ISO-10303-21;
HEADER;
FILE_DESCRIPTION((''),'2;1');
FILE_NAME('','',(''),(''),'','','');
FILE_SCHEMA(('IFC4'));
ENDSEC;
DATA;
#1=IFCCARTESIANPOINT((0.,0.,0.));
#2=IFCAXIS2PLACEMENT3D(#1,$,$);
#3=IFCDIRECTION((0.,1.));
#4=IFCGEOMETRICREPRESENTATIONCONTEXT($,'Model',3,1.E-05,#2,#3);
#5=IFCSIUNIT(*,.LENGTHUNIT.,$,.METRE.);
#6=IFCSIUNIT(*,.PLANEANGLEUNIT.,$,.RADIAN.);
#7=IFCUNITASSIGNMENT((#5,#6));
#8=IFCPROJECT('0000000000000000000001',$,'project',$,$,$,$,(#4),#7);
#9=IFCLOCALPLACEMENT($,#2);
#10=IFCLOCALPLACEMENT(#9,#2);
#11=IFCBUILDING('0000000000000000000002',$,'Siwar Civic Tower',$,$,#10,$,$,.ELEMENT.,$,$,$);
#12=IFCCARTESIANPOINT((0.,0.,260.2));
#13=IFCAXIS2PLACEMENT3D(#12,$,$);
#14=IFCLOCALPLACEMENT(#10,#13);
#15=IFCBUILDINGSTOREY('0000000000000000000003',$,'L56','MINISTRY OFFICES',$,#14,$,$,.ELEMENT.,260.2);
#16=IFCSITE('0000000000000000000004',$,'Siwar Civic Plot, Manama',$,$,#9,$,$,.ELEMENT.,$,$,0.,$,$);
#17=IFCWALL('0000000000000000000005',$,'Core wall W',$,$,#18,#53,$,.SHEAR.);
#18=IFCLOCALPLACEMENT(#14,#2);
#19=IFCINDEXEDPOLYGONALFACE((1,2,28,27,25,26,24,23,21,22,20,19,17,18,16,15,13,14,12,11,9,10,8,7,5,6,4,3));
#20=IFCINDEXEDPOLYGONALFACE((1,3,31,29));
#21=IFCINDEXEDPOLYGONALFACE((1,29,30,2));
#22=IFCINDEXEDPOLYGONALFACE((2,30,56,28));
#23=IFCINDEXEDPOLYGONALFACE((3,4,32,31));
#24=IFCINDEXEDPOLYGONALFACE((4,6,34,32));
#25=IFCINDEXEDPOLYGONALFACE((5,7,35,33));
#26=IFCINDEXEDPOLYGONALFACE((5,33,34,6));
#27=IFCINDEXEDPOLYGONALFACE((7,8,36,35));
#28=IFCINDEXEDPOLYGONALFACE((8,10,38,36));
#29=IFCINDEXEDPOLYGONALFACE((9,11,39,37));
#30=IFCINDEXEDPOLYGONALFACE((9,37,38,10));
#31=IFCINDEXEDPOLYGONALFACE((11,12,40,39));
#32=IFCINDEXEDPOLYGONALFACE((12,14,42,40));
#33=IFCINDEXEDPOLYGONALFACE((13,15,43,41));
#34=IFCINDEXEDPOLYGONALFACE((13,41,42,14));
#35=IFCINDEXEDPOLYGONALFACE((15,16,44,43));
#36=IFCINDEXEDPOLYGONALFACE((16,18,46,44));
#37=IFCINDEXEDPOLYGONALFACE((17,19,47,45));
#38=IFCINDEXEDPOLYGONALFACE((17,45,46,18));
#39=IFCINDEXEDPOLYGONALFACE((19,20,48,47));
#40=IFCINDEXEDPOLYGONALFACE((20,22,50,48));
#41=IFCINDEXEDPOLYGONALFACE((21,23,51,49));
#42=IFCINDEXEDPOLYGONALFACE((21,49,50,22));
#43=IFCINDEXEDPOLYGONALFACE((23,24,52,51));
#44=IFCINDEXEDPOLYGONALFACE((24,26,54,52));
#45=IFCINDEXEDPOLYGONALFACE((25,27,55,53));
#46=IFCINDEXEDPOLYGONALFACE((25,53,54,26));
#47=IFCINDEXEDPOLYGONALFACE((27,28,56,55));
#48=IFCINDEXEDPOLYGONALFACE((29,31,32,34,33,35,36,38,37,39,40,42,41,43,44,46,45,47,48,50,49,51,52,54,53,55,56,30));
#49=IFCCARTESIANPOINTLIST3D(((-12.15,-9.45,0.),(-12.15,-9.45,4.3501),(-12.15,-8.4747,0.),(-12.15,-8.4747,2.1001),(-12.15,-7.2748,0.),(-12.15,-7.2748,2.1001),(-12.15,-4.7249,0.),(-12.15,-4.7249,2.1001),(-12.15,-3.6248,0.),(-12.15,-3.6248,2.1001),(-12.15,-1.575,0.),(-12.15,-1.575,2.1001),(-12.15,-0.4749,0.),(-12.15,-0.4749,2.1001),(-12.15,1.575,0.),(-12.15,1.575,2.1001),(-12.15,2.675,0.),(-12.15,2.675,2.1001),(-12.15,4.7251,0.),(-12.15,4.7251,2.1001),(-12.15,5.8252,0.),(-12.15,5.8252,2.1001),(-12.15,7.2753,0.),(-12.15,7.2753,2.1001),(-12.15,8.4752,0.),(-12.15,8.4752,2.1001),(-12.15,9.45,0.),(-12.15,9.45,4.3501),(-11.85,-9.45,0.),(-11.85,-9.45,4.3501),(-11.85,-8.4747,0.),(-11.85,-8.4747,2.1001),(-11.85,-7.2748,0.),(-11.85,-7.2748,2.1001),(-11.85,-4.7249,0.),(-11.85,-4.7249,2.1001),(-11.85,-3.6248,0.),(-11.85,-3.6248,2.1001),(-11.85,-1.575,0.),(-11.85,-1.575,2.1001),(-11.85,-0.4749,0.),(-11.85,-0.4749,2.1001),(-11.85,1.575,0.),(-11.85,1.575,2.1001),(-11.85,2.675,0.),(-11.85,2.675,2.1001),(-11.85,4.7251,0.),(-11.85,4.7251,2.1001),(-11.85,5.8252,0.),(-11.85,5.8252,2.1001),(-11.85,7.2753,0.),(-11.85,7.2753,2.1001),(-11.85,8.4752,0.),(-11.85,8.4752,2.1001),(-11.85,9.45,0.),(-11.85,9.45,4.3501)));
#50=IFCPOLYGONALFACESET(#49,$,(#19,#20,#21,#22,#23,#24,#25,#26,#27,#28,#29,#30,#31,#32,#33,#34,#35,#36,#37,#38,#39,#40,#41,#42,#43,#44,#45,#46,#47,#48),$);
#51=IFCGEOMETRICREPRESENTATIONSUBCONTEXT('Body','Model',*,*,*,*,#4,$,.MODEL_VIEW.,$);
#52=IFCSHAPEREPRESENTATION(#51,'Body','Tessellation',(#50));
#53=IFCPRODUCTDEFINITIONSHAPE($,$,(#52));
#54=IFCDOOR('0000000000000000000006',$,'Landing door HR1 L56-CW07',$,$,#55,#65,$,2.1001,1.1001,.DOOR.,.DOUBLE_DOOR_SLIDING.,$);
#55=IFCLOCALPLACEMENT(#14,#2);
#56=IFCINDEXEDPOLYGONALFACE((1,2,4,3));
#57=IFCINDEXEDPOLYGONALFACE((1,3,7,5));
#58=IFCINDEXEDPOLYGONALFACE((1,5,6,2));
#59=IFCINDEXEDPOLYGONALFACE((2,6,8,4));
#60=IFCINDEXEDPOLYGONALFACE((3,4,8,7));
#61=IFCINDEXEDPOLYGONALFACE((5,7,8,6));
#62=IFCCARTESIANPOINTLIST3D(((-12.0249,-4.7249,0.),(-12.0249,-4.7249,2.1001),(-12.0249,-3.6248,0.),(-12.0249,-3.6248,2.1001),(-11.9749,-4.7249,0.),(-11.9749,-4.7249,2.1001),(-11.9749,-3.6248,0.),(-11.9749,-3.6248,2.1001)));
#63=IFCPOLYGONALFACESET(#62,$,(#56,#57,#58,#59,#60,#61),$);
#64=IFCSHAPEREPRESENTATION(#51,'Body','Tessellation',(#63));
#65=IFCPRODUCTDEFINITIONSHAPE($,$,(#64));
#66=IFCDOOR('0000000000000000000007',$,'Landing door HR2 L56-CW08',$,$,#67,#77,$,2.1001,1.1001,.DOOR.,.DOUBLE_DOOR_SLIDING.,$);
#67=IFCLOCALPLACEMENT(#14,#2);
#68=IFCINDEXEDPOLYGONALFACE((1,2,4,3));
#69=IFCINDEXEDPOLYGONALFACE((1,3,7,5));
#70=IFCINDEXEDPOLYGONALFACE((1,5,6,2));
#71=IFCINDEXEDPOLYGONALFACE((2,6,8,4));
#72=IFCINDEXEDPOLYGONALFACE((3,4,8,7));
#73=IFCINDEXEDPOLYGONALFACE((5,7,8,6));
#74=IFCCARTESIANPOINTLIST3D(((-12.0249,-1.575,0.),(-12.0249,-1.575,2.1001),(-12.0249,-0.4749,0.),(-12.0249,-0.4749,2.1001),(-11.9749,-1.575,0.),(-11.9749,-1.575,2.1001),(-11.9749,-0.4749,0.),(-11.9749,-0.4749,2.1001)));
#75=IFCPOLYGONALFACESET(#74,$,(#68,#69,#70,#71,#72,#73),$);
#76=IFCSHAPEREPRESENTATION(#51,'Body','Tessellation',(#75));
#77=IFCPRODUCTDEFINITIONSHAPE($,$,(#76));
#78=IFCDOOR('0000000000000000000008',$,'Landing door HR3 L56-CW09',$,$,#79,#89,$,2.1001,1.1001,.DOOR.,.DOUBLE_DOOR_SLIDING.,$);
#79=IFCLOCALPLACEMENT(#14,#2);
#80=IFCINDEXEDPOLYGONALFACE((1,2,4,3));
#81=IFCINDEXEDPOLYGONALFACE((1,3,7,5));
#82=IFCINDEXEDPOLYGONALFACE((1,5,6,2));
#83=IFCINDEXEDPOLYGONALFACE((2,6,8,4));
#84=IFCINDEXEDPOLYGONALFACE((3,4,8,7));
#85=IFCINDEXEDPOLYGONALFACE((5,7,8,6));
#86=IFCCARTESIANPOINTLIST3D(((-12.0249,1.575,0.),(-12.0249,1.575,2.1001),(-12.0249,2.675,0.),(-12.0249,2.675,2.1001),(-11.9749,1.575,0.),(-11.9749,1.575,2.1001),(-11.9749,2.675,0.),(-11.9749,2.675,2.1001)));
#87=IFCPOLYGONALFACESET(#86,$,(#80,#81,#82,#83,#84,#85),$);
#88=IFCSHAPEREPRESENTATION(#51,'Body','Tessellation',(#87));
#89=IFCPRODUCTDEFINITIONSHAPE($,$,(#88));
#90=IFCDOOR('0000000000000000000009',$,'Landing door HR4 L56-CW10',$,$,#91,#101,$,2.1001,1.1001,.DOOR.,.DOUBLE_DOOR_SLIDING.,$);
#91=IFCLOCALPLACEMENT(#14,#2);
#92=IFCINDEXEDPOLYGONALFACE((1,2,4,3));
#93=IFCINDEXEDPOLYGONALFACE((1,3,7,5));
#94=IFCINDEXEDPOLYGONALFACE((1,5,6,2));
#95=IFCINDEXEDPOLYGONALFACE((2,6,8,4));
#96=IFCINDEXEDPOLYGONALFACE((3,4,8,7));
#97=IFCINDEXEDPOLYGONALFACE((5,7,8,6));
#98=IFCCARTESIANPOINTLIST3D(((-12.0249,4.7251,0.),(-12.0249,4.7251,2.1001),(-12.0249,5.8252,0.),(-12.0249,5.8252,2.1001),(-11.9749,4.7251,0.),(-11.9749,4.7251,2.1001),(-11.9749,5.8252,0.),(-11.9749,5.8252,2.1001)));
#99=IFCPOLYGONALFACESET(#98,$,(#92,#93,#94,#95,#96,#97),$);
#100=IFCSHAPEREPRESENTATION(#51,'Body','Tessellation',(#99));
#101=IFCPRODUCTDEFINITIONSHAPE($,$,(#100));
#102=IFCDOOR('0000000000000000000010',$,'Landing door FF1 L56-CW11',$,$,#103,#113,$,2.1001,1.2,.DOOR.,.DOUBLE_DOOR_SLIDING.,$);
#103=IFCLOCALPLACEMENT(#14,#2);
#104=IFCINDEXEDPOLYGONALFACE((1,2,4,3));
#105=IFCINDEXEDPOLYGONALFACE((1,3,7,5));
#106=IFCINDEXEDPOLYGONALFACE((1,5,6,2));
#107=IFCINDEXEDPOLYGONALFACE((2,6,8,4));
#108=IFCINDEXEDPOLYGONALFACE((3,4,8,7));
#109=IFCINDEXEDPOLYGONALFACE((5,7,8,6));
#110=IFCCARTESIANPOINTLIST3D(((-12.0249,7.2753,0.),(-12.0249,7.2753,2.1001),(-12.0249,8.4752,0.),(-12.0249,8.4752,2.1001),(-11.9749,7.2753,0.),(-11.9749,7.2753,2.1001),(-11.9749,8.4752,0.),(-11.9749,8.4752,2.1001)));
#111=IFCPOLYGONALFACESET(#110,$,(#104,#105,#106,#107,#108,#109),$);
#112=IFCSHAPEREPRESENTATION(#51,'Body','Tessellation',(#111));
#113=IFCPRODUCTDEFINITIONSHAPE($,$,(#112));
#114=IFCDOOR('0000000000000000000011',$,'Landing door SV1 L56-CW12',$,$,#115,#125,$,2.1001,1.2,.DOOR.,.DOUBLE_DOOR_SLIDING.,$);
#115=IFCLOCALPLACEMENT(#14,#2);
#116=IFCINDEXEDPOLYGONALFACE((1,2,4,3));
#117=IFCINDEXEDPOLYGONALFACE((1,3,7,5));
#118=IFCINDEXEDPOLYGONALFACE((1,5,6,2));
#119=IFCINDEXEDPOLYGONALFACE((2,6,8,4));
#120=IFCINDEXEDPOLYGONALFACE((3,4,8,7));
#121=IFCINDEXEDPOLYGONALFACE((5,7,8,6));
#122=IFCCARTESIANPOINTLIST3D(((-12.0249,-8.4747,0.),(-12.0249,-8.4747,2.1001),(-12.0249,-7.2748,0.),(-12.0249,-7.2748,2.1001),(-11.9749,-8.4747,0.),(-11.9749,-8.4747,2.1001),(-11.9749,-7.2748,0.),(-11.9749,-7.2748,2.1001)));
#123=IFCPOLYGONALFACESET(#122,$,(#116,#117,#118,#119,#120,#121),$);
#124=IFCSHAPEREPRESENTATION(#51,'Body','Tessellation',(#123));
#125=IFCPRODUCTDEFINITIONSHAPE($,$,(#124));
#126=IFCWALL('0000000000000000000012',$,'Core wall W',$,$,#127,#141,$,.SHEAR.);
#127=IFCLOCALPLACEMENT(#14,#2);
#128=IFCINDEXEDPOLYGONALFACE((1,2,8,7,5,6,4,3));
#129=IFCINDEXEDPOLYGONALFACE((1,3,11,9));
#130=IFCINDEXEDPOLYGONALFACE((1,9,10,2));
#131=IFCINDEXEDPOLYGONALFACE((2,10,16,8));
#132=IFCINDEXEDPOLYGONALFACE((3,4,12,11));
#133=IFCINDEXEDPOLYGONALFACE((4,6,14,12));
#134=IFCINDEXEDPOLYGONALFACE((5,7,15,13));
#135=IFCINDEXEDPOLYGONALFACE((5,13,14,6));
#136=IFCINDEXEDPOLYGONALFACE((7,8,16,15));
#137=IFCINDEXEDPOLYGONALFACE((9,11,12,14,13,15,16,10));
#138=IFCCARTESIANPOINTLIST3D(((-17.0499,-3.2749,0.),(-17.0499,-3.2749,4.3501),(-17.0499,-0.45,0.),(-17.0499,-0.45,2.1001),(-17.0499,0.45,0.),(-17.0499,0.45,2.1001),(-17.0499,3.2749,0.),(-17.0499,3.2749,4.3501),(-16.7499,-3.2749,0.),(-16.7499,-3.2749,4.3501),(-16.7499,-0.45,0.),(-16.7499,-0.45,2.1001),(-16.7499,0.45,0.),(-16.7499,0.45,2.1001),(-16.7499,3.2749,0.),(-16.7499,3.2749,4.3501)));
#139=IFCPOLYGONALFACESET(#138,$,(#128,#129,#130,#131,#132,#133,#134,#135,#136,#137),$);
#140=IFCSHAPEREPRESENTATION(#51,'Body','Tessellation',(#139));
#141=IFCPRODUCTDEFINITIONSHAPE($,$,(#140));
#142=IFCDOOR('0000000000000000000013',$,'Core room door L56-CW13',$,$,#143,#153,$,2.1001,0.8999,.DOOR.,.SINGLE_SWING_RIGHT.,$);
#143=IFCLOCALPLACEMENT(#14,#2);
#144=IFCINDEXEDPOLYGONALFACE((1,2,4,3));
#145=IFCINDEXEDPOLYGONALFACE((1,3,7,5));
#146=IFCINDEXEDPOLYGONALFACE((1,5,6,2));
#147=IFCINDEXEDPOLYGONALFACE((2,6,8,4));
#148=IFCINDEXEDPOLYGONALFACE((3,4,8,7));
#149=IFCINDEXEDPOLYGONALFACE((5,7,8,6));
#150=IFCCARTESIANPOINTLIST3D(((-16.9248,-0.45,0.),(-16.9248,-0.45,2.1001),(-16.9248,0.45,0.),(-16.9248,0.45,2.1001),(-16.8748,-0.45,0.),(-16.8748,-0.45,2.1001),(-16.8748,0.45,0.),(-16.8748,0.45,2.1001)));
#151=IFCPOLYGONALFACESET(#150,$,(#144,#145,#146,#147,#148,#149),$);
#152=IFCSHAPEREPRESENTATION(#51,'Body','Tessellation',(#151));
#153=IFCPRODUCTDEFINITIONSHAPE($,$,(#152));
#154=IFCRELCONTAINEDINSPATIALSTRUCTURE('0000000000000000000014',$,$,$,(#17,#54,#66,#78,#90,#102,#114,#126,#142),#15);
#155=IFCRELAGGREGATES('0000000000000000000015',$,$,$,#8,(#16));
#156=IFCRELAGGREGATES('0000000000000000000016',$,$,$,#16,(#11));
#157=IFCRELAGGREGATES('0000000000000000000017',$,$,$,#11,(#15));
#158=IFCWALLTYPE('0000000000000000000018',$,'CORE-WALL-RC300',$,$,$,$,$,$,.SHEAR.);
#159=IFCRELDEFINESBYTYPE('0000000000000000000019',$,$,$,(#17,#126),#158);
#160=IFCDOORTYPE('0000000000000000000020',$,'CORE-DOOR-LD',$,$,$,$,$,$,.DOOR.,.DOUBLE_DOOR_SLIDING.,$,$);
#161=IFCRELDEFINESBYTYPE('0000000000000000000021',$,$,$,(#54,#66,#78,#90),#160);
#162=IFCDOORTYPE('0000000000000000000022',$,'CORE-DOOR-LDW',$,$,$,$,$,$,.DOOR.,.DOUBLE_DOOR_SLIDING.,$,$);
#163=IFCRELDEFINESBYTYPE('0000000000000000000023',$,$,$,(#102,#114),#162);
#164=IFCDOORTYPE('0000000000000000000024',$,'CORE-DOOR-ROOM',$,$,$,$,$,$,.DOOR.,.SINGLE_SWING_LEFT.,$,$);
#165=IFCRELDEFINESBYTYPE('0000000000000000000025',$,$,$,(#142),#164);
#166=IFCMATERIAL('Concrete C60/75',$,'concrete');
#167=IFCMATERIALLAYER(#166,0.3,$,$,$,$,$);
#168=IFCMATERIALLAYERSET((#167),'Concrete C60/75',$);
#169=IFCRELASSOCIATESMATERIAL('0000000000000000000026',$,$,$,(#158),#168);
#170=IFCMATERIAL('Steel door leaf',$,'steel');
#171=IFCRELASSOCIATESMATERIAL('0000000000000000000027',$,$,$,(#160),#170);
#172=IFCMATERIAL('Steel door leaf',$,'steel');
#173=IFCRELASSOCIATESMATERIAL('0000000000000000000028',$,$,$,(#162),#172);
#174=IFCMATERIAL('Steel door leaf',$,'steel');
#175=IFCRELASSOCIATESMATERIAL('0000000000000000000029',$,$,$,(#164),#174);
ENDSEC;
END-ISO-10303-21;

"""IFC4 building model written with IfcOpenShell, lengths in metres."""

from ifc_helpers import new_model, si_unit, direction, frame, frame_2d, origin, place, context, subcontext, project, spatial, rectangle, extrude, material, layer, layer_set, type_object, element, fill, save


model = new_model("IFC4")

# Units and contexts
model_context = context("Model", 3, precision=1e-05, world=origin(), true_north=direction((0.0, 1.0)))
body_context = subcontext(model_context, "Body", "Model", "MODEL_VIEW")
ifc_project = project(units=[si_unit("LENGTHUNIT", "METRE"), si_unit("PLANEANGLEUNIT", "RADIAN")], contexts=[model_context])

# Site, building, storey
site_placement = place(None, origin())
site = spatial("IfcSite", under=ifc_project, at=site_placement, Name="Siwar Civic Plot, Manama", CompositionType="ELEMENT", RefElevation=0.0)
building_placement = place(site_placement, origin())
building = spatial("IfcBuilding", under=site, at=building_placement, Name="Siwar Civic Tower", CompositionType="ELEMENT")
storey_placement = place(building_placement, frame((0.0, 0.0, 260.2)))
storey = spatial("IfcBuildingStorey", under=building, at=storey_placement, Name="L56", Description="MINISTRY OFFICES", CompositionType="ELEMENT", Elevation=260.2)

# Wall, openings, doors
ifc_material_1 = material(Name="Concrete C60/75", Category="concrete")
ifc_layer_1 = layer(ifc_material_1, 0.3)
ifc_layer_set_1 = layer_set([ifc_layer_1], Name="Concrete C60/75")
wall_type_1 = type_object("IfcWallType", Name="CORE-WALL-RC300", PredefinedType="SHEAR", material=ifc_layer_set_1)
wall_1_placement = place(storey_placement, frame((-12.0, -9.45, 0.0), z_axis=(0.0, 0.0, 1.0), x_axis=(0.0, 1.0, 0.0)))
wall_1 = element("IfcWall", 1, at=wall_1_placement, inside=storey, type_object=wall_type_1, Name="Core wall W", PredefinedType="SHEAR", context=body_context, shape_type="SweptSolid", body=[
    extrude(rectangle(XDim=18.8999, YDim=0.3, at=frame_2d((9.45, 0.0))), origin(), (0.0, 0.0, 1.0), 4.3501),
])
opening_1_placement = place(wall_1_placement, frame((4.7251, 0.0, 0.0)))
opening_1 = element("IfcOpeningElement", 2, at=opening_1_placement, cuts=wall_1, PredefinedType="OPENING", context=body_context, shape_type="SweptSolid", body=[
    extrude(rectangle(XDim=1.1001, YDim=2.1001, at=frame_2d((0.55, 1.05))), frame((0.0, 0.1602, 0.0), z_axis=(0.0, -1.0, 0.0), x_axis=(1.0, 0.0, 0.0)), (0.0, 0.0, 1.0), 0.3201),
])
opening_2_placement = place(wall_1_placement, frame((7.875, 0.0, 0.0)))
opening_2 = element("IfcOpeningElement", 3, at=opening_2_placement, cuts=wall_1, PredefinedType="OPENING", context=body_context, shape_type="SweptSolid", body=[
    extrude(rectangle(XDim=1.1001, YDim=2.1001, at=frame_2d((0.55, 1.05))), frame((0.0, 0.1602, 0.0), z_axis=(0.0, -1.0, 0.0), x_axis=(1.0, 0.0, 0.0)), (0.0, 0.0, 1.0), 0.3201),
])
opening_3_placement = place(wall_1_placement, frame((11.0249, 0.0, 0.0)))
opening_3 = element("IfcOpeningElement", 4, at=opening_3_placement, cuts=wall_1, PredefinedType="OPENING", context=body_context, shape_type="SweptSolid", body=[
    extrude(rectangle(XDim=1.1001, YDim=2.1001, at=frame_2d((0.55, 1.05))), frame((0.0, 0.1602, 0.0), z_axis=(0.0, -1.0, 0.0), x_axis=(1.0, 0.0, 0.0)), (0.0, 0.0, 1.0), 0.3201),
])
opening_4_placement = place(wall_1_placement, frame((14.175, 0.0, 0.0)))
opening_4 = element("IfcOpeningElement", 5, at=opening_4_placement, cuts=wall_1, PredefinedType="OPENING", context=body_context, shape_type="SweptSolid", body=[
    extrude(rectangle(XDim=1.1001, YDim=2.1001, at=frame_2d((0.55, 1.05))), frame((0.0, 0.1602, 0.0), z_axis=(0.0, -1.0, 0.0), x_axis=(1.0, 0.0, 0.0)), (0.0, 0.0, 1.0), 0.3201),
])
opening_5_placement = place(wall_1_placement, frame((16.7251, 0.0, 0.0)))
opening_5 = element("IfcOpeningElement", 6, at=opening_5_placement, cuts=wall_1, PredefinedType="OPENING", context=body_context, shape_type="SweptSolid", body=[
    extrude(rectangle(XDim=1.2, YDim=2.1001, at=frame_2d((0.6001, 1.05))), frame((0.0, 0.1602, 0.0), z_axis=(0.0, -1.0, 0.0), x_axis=(1.0, 0.0, 0.0)), (0.0, 0.0, 1.0), 0.3201),
])
opening_6_placement = place(wall_1_placement, frame((0.9751, 0.0, 0.0)))
opening_6 = element("IfcOpeningElement", 7, at=opening_6_placement, cuts=wall_1, PredefinedType="OPENING", context=body_context, shape_type="SweptSolid", body=[
    extrude(rectangle(XDim=1.2, YDim=2.1001, at=frame_2d((0.6001, 1.05))), frame((0.0, 0.1602, 0.0), z_axis=(0.0, -1.0, 0.0), x_axis=(1.0, 0.0, 0.0)), (0.0, 0.0, 1.0), 0.3201),
])
ifc_material_2 = material(Name="Steel door leaf", Category="steel")
door_type_1 = type_object("IfcDoorType", Name="CORE-DOOR-LD", OperationType="DOUBLE_DOOR_SLIDING", PredefinedType="DOOR", material=ifc_material_2)
door_1_placement = place(opening_1_placement, origin())
door_1 = element("IfcDoor", 8, at=door_1_placement, inside=storey, type_object=door_type_1, Name="Landing door HR1 L56-CW07", OperationType="DOUBLE_DOOR_SLIDING", OverallHeight=2.1001, OverallWidth=1.1001, PredefinedType="DOOR", context=body_context, shape_type="SweptSolid", body=[
    extrude(rectangle(XDim=1.1001, YDim=2.1001, at=frame_2d((0.55, 1.05))), frame((0.0, 0.0249, 0.0), z_axis=(0.0, -1.0, 0.0), x_axis=(1.0, 0.0, 0.0)), (0.0, 0.0, 1.0), 0.05),
])
fill(opening_1, door_1)
door_2_placement = place(opening_2_placement, origin())
door_2 = element("IfcDoor", 9, at=door_2_placement, inside=storey, type_object=door_type_1, Name="Landing door HR2 L56-CW08", OperationType="DOUBLE_DOOR_SLIDING", OverallHeight=2.1001, OverallWidth=1.1001, PredefinedType="DOOR", context=body_context, shape_type="SweptSolid", body=[
    extrude(rectangle(XDim=1.1001, YDim=2.1001, at=frame_2d((0.55, 1.05))), frame((0.0, 0.0249, 0.0), z_axis=(0.0, -1.0, 0.0), x_axis=(1.0, 0.0, 0.0)), (0.0, 0.0, 1.0), 0.05),
])
fill(opening_2, door_2)
door_3_placement = place(opening_3_placement, origin())
door_3 = element("IfcDoor", 10, at=door_3_placement, inside=storey, type_object=door_type_1, Name="Landing door HR3 L56-CW09", OperationType="DOUBLE_DOOR_SLIDING", OverallHeight=2.1001, OverallWidth=1.1001, PredefinedType="DOOR", context=body_context, shape_type="SweptSolid", body=[
    extrude(rectangle(XDim=1.1001, YDim=2.1001, at=frame_2d((0.55, 1.05))), frame((0.0, 0.0249, 0.0), z_axis=(0.0, -1.0, 0.0), x_axis=(1.0, 0.0, 0.0)), (0.0, 0.0, 1.0), 0.05),
])
fill(opening_3, door_3)
door_4_placement = place(opening_4_placement, origin())
door_4 = element("IfcDoor", 11, at=door_4_placement, inside=storey, type_object=door_type_1, Name="Landing door HR4 L56-CW10", OperationType="DOUBLE_DOOR_SLIDING", OverallHeight=2.1001, OverallWidth=1.1001, PredefinedType="DOOR", context=body_context, shape_type="SweptSolid", body=[
    extrude(rectangle(XDim=1.1001, YDim=2.1001, at=frame_2d((0.55, 1.05))), frame((0.0, 0.0249, 0.0), z_axis=(0.0, -1.0, 0.0), x_axis=(1.0, 0.0, 0.0)), (0.0, 0.0, 1.0), 0.05),
])
fill(opening_4, door_4)
ifc_material_3 = material(Name="Steel door leaf", Category="steel")
door_type_2 = type_object("IfcDoorType", Name="CORE-DOOR-LDW", OperationType="DOUBLE_DOOR_SLIDING", PredefinedType="DOOR", material=ifc_material_3)
door_5_placement = place(opening_5_placement, origin())
door_5 = element("IfcDoor", 12, at=door_5_placement, inside=storey, type_object=door_type_2, Name="Landing door FF1 L56-CW11", OperationType="DOUBLE_DOOR_SLIDING", OverallHeight=2.1001, OverallWidth=1.2, PredefinedType="DOOR", context=body_context, shape_type="SweptSolid", body=[
    extrude(rectangle(XDim=1.2, YDim=2.1001, at=frame_2d((0.6001, 1.05))), frame((0.0, 0.0249, 0.0), z_axis=(0.0, -1.0, 0.0), x_axis=(1.0, 0.0, 0.0)), (0.0, 0.0, 1.0), 0.05),
])
fill(opening_5, door_5)
door_6_placement = place(opening_6_placement, origin())
door_6 = element("IfcDoor", 13, at=door_6_placement, inside=storey, type_object=door_type_2, Name="Landing door SV1 L56-CW12", OperationType="DOUBLE_DOOR_SLIDING", OverallHeight=2.1001, OverallWidth=1.2, PredefinedType="DOOR", context=body_context, shape_type="SweptSolid", body=[
    extrude(rectangle(XDim=1.2, YDim=2.1001, at=frame_2d((0.6001, 1.05))), frame((0.0, 0.0249, 0.0), z_axis=(0.0, -1.0, 0.0), x_axis=(1.0, 0.0, 0.0)), (0.0, 0.0, 1.0), 0.05),
])
fill(opening_6, door_6)

# Wall, opening, door
wall_2_placement = place(storey_placement, frame((-16.8999, -3.2749, 0.0), z_axis=(0.0, 0.0, 1.0), x_axis=(0.0, 1.0, 0.0)))
wall_2 = element("IfcWall", 14, at=wall_2_placement, inside=storey, type_object=wall_type_1, Name="Core wall W", PredefinedType="SHEAR", context=body_context, shape_type="SweptSolid", body=[
    extrude(rectangle(XDim=6.5498, YDim=0.3, at=frame_2d((3.2749, 0.0))), origin(), (0.0, 0.0, 1.0), 4.3501),
])
opening_7_placement = place(wall_2_placement, frame((2.825, 0.0, 0.0)))
opening_7 = element("IfcOpeningElement", 15, at=opening_7_placement, cuts=wall_2, PredefinedType="OPENING", context=body_context, shape_type="SweptSolid", body=[
    extrude(rectangle(XDim=0.8999, YDim=2.1001, at=frame_2d((0.45, 1.05))), frame((0.0, 0.1602, 0.0), z_axis=(0.0, -1.0, 0.0), x_axis=(1.0, 0.0, 0.0)), (0.0, 0.0, 1.0), 0.3201),
])
ifc_material_4 = material(Name="Steel door leaf", Category="steel")
door_type_3 = type_object("IfcDoorType", Name="CORE-DOOR-ROOM", OperationType="SINGLE_SWING_LEFT", PredefinedType="DOOR", material=ifc_material_4)
door_7_placement = place(opening_7_placement, origin())
door_7 = element("IfcDoor", 16, at=door_7_placement, inside=storey, type_object=door_type_3, Name="Core room door L56-CW13", OperationType="SINGLE_SWING_RIGHT", OverallHeight=2.1001, OverallWidth=0.8999, PredefinedType="DOOR", context=body_context, shape_type="SweptSolid", body=[
    extrude(rectangle(XDim=0.8999, YDim=2.1001, at=frame_2d((0.45, 1.05))), frame((0.0, 0.0249, 0.0), z_axis=(0.0, -1.0, 0.0), x_axis=(1.0, 0.0, 0.0)), (0.0, 0.0, 1.0), 0.05),
])
fill(opening_7, door_7)

save(model, "model.ifc")
